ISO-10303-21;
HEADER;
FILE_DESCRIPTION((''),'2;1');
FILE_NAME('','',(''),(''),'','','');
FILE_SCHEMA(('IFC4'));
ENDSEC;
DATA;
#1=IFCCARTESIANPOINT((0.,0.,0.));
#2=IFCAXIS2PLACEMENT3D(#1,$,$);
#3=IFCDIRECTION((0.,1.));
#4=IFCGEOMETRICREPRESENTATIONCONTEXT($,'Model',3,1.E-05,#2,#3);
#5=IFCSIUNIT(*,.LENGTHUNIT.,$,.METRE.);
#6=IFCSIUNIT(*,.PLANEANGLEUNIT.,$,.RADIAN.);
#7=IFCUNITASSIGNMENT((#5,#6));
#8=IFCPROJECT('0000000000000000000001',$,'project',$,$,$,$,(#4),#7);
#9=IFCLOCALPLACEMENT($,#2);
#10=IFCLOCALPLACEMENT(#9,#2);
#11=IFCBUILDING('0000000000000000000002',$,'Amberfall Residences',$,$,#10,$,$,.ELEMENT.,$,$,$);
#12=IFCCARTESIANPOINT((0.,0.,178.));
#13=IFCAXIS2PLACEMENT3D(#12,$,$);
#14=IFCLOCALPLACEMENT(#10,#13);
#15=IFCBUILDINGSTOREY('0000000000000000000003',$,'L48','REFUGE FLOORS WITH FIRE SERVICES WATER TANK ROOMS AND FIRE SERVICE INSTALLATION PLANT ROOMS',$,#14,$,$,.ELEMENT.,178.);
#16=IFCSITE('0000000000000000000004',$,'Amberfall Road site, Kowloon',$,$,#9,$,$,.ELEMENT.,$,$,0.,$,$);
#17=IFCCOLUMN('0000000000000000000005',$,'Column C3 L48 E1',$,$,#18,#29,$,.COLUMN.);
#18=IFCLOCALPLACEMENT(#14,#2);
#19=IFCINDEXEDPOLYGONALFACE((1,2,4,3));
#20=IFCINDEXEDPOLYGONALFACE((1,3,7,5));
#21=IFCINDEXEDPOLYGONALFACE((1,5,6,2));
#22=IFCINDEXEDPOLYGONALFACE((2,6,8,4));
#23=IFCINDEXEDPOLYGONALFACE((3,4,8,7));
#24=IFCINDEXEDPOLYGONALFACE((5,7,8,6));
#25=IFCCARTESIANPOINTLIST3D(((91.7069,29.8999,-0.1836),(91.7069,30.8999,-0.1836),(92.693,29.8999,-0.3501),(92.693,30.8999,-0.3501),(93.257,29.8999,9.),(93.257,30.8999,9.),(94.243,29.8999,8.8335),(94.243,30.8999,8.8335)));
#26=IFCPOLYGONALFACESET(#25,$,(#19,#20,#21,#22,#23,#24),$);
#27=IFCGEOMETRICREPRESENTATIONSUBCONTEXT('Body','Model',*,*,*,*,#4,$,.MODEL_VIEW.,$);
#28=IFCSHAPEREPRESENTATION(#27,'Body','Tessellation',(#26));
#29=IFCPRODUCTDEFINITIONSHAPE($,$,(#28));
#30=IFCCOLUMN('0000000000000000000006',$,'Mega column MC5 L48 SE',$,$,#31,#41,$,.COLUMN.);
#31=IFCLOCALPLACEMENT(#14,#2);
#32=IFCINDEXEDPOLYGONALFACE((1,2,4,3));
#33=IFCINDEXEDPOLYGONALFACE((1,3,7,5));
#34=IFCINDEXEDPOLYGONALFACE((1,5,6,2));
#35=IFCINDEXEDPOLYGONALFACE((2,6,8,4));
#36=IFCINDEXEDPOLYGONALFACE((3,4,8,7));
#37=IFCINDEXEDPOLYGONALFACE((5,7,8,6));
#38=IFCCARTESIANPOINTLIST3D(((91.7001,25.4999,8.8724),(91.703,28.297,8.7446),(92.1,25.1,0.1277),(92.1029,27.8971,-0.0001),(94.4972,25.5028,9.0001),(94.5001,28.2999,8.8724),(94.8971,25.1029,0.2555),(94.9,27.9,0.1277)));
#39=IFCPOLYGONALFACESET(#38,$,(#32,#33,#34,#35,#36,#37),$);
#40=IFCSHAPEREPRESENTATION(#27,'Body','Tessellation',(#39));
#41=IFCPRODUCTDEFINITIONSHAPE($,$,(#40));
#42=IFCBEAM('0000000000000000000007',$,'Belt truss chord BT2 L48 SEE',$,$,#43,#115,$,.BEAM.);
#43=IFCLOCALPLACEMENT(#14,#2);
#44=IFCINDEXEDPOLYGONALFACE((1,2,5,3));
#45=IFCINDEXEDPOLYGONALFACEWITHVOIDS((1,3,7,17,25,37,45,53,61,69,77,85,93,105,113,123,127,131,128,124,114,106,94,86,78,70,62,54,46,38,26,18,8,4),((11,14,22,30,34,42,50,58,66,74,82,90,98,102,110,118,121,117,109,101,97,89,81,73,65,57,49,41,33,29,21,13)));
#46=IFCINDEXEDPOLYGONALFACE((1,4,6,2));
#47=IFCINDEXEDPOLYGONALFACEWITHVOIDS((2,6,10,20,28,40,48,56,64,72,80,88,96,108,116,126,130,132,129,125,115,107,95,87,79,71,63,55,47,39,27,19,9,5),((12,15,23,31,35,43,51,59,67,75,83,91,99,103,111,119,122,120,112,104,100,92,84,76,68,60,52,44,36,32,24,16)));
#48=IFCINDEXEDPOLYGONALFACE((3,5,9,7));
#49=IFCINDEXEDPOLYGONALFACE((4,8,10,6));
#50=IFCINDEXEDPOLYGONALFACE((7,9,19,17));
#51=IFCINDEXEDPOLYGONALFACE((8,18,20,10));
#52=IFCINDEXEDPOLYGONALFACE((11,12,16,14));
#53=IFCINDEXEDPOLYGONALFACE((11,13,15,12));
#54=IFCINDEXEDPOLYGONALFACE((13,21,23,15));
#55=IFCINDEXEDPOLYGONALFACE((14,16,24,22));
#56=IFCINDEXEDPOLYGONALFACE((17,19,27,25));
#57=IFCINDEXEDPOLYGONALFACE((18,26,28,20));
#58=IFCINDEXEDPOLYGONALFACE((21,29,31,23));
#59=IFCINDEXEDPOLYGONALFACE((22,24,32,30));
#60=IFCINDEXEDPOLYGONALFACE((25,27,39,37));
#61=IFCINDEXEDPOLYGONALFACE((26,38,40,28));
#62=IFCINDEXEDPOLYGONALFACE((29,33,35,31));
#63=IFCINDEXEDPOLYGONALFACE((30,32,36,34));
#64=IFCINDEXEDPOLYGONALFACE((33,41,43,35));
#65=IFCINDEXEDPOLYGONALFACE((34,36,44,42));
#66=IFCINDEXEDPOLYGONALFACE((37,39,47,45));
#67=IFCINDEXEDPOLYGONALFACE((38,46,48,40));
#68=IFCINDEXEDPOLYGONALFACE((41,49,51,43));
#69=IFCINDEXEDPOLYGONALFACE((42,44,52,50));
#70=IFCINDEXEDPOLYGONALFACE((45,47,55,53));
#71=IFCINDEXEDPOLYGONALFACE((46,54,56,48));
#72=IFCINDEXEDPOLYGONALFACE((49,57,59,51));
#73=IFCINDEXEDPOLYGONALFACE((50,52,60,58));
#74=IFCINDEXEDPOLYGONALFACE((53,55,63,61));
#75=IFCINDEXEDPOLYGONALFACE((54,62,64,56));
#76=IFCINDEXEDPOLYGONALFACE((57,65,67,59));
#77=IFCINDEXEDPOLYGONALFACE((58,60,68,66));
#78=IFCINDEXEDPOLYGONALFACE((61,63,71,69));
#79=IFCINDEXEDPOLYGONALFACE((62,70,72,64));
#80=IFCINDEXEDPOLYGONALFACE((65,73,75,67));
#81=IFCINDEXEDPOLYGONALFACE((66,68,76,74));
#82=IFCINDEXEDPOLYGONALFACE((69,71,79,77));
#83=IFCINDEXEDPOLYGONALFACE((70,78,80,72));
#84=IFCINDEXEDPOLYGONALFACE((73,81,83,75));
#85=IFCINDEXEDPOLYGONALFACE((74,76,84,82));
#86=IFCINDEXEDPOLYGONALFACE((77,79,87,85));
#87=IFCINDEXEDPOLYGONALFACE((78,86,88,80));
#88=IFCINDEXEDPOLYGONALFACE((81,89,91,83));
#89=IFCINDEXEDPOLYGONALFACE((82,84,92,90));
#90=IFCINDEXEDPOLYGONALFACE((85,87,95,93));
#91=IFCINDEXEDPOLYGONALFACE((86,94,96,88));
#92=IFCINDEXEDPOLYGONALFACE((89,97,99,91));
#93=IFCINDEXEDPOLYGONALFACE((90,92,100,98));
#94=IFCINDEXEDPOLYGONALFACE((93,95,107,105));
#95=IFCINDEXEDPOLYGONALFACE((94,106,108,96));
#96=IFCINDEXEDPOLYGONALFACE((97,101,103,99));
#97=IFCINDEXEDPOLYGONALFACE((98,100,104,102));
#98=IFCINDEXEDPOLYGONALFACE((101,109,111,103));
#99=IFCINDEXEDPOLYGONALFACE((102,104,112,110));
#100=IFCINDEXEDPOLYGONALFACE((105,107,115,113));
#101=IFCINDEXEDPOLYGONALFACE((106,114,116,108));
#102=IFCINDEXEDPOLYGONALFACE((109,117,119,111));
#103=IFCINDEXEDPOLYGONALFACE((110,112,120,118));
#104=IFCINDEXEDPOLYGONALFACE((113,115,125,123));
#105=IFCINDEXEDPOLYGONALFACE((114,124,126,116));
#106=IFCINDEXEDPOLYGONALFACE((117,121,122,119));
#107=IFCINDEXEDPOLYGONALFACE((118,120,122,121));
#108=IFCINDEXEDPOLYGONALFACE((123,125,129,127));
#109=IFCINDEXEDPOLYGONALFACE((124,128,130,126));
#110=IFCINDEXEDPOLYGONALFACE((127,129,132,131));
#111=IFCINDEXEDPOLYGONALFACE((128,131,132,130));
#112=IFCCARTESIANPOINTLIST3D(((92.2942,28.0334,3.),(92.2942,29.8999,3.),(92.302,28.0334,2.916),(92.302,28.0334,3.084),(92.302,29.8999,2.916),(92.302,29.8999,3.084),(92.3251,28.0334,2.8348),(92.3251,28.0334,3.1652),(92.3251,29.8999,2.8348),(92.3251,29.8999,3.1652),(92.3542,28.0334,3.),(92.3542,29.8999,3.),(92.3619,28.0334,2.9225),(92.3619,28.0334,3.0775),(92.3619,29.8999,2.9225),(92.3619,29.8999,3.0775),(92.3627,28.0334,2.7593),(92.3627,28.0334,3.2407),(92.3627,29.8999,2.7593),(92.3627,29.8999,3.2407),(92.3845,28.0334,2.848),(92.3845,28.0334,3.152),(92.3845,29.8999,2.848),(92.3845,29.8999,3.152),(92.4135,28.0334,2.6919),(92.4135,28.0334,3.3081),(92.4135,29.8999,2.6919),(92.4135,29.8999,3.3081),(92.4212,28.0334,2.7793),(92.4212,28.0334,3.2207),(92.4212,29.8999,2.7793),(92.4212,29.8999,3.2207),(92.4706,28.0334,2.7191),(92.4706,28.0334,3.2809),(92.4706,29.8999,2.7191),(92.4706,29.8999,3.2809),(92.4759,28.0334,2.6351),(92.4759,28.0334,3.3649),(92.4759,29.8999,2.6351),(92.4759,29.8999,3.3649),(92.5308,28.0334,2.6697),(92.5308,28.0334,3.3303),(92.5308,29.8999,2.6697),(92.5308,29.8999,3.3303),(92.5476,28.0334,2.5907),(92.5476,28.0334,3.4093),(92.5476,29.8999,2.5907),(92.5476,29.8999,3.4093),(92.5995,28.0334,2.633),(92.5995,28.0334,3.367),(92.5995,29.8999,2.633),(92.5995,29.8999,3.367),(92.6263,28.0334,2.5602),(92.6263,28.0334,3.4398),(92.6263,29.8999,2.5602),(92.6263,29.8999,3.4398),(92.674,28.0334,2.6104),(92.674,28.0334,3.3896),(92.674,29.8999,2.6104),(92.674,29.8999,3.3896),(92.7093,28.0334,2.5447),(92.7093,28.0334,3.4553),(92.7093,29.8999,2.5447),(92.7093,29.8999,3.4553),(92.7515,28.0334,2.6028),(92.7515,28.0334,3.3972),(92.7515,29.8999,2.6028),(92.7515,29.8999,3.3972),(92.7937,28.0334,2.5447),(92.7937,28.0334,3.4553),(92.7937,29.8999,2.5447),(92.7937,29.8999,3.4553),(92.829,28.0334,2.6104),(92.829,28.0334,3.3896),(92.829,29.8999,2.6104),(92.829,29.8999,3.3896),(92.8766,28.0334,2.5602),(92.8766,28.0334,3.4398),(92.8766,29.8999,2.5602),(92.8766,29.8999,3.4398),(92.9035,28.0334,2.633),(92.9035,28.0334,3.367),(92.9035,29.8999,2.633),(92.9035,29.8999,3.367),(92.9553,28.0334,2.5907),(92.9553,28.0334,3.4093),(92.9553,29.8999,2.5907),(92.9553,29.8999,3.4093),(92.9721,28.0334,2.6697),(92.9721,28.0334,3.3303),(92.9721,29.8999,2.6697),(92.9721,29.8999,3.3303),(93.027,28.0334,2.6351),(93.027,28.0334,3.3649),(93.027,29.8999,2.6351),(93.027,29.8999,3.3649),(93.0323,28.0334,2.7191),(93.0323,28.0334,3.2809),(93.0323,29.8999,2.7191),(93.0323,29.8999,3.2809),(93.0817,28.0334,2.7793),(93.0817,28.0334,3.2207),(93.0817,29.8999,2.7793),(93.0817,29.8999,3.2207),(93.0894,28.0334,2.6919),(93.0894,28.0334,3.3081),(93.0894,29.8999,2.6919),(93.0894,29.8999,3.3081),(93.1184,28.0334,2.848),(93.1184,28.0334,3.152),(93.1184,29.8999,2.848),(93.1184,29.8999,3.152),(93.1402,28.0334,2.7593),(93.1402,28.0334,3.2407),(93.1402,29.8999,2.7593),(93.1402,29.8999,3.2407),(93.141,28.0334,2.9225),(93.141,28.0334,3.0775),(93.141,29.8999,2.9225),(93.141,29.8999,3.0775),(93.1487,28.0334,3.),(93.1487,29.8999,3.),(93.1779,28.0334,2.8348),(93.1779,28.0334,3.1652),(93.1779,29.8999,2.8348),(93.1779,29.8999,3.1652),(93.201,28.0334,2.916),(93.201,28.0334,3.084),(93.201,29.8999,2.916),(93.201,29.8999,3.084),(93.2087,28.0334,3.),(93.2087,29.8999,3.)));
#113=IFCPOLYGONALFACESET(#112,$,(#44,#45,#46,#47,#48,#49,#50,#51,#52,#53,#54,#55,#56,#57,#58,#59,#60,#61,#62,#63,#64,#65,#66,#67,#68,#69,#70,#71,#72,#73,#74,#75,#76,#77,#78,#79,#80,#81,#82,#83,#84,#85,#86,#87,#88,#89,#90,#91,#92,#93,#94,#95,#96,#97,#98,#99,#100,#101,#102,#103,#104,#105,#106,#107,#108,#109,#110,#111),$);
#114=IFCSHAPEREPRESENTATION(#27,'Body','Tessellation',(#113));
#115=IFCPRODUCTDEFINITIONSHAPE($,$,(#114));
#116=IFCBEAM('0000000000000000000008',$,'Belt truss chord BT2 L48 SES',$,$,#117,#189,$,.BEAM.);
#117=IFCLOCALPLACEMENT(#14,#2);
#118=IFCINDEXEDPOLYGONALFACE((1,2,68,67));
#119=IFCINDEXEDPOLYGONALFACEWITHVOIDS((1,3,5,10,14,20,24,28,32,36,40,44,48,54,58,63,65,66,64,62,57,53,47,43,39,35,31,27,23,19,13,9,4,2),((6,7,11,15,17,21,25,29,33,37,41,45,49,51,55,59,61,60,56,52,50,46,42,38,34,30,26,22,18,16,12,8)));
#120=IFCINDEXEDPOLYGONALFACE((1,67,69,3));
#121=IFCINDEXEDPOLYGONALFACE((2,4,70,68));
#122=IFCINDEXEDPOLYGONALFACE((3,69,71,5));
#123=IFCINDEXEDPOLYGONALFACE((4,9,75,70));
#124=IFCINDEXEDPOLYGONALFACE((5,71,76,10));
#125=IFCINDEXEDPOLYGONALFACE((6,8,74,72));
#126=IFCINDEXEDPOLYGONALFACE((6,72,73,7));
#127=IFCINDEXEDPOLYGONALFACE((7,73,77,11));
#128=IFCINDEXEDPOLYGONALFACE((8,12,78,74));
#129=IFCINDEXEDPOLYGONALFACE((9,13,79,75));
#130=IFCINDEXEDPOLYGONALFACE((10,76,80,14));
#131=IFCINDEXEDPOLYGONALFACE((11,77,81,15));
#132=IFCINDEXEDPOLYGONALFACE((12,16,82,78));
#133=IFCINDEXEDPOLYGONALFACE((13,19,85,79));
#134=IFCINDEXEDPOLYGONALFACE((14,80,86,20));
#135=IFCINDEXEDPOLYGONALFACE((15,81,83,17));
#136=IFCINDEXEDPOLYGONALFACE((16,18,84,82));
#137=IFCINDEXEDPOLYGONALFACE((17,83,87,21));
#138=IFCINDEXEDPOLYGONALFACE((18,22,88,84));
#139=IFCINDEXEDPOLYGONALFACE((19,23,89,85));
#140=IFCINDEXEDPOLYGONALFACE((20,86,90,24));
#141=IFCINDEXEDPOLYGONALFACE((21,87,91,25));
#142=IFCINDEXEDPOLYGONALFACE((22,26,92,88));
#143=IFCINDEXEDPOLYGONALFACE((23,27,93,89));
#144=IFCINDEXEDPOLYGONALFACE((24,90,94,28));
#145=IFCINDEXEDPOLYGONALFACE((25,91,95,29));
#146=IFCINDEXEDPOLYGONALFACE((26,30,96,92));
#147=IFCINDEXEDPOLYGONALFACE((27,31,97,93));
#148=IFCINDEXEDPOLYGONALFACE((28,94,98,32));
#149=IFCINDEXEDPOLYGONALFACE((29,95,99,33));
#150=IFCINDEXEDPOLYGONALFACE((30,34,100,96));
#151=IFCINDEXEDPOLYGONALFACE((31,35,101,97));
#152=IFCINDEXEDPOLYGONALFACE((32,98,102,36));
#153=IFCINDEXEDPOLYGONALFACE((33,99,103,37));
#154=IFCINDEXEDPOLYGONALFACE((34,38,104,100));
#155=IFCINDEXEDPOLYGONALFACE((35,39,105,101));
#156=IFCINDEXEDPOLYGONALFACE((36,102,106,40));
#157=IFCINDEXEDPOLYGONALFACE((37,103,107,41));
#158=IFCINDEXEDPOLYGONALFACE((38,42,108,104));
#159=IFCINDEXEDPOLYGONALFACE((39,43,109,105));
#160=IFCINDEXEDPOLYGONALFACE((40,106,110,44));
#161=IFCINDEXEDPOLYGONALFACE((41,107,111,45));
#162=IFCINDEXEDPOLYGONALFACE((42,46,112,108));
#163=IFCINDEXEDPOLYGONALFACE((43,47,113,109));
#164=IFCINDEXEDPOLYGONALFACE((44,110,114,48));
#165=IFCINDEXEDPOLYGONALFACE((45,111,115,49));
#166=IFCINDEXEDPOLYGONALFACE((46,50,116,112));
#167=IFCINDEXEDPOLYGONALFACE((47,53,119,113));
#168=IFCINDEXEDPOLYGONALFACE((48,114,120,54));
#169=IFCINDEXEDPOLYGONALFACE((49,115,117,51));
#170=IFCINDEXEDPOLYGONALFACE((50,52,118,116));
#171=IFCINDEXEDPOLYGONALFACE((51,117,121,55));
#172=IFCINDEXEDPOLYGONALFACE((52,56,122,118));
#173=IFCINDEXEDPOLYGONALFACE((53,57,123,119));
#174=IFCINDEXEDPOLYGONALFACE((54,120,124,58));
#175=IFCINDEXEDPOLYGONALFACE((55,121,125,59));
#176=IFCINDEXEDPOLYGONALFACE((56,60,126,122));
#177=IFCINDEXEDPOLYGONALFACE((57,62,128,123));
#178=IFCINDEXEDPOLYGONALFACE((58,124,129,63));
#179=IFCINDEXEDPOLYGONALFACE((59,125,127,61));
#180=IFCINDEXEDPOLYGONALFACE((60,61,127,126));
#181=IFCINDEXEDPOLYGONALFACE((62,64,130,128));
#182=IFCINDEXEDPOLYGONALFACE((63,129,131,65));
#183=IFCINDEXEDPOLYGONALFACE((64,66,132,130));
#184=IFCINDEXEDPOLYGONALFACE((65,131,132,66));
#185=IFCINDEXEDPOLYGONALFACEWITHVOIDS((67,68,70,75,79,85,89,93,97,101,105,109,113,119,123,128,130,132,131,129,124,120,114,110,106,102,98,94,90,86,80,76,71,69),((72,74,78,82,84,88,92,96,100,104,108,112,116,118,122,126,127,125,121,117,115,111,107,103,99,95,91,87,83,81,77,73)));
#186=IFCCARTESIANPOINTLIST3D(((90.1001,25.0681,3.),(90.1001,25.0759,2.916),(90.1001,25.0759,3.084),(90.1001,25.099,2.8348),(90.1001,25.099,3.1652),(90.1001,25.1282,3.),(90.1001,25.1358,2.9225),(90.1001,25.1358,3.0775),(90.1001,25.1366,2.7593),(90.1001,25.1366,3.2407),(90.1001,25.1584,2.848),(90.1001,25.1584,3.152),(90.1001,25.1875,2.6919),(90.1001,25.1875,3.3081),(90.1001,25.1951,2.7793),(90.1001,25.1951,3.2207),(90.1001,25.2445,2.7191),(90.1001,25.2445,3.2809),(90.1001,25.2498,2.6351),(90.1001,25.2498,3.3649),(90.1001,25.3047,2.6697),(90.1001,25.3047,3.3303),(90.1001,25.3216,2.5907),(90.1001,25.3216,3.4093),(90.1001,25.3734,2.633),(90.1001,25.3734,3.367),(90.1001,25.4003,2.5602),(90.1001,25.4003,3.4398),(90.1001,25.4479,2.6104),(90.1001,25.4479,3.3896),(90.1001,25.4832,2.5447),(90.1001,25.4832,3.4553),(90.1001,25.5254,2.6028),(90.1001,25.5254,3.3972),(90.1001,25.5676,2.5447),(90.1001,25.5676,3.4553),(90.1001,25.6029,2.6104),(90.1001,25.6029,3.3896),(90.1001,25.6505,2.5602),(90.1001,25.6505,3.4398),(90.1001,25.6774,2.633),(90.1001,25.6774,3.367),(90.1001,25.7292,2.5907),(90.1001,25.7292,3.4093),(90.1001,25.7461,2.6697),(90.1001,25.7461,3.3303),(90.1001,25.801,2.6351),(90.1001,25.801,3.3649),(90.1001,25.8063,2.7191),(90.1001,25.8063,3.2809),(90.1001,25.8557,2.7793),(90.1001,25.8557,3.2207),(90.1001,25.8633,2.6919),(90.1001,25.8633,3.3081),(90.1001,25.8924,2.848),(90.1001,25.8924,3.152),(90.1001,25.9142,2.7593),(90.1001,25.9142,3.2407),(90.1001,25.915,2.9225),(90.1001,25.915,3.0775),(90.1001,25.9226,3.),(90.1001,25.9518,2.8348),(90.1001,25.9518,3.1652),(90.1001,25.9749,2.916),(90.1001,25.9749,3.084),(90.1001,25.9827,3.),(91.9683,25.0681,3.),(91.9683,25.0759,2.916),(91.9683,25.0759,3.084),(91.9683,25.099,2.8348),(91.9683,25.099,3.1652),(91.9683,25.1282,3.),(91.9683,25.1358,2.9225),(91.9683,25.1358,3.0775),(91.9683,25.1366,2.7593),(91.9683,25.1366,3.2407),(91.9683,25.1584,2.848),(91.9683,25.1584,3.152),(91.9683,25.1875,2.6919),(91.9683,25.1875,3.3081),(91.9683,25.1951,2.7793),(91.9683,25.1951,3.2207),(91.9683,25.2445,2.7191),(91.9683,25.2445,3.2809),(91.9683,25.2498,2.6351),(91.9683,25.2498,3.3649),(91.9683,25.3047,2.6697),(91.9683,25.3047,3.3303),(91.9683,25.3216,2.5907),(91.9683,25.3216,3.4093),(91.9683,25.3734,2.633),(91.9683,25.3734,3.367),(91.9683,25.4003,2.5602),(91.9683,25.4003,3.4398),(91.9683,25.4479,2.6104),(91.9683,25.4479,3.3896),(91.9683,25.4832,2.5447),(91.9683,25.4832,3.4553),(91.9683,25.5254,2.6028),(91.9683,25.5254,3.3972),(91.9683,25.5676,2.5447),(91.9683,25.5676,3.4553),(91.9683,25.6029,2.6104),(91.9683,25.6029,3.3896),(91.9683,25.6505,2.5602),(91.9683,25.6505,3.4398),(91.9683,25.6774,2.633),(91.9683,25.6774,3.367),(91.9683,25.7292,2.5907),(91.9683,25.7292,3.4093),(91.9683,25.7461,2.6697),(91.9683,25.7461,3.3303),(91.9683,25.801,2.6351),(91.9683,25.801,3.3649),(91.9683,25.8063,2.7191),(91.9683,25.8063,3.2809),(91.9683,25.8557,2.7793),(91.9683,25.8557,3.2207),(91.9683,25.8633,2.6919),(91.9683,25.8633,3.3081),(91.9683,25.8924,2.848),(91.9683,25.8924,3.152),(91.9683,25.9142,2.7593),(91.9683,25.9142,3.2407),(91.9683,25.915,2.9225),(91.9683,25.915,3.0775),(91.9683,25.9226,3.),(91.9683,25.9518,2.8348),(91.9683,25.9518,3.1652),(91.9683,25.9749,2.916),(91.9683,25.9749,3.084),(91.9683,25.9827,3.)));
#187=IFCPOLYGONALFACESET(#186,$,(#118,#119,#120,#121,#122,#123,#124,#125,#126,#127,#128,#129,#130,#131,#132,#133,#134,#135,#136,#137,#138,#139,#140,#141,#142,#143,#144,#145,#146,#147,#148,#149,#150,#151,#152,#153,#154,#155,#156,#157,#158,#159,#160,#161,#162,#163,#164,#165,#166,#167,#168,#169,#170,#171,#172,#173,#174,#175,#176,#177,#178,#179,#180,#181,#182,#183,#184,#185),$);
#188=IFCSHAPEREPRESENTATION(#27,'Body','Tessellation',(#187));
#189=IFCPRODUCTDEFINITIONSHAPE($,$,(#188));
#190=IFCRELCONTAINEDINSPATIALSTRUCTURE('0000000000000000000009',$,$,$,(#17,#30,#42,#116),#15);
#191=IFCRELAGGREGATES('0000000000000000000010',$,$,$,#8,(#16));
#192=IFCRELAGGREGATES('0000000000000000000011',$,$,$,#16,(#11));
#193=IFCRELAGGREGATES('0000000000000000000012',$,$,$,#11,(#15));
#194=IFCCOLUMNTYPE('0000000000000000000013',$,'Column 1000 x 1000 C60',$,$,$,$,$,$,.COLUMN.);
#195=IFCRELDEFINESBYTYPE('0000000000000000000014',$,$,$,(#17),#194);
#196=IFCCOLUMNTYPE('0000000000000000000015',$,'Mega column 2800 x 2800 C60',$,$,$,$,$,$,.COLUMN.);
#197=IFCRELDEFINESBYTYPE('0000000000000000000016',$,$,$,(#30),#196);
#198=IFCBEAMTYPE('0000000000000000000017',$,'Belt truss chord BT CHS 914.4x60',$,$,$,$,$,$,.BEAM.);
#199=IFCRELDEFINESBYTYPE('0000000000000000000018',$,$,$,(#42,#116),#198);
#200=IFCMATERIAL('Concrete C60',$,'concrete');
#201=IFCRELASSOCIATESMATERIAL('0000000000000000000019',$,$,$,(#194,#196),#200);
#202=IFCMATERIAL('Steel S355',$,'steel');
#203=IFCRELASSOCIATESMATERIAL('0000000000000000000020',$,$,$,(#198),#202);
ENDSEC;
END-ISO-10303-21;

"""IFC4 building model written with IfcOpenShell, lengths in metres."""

from ifc_helpers import new_model, si_unit, direction, frame, origin, origin_2d, place, context, subcontext, project, spatial, rectangle, hollow_circle, extrude, material, material_profile, profile_set, type_object, element, save


model = new_model("IFC4")

# Units and contexts
model_context = context("Model", 3, precision=1e-05, world=origin(), true_north=direction((0.0, 1.0)))
body_context = subcontext(model_context, "Body", "Model", "MODEL_VIEW")
ifc_project = project(units=[si_unit("LENGTHUNIT", "METRE"), si_unit("PLANEANGLEUNIT", "RADIAN")], contexts=[model_context])

# Site, building, storey
site_placement = place(None, origin())
site = spatial("IfcSite", under=ifc_project, at=site_placement, Name="Amberfall Road site, Kowloon", CompositionType="ELEMENT", RefElevation=0.0)
building_placement = place(site_placement, origin())
building = spatial("IfcBuilding", under=site, at=building_placement, Name="Amberfall Residences", CompositionType="ELEMENT")
storey_placement = place(building_placement, frame((0.0, 0.0, 178.0)))
storey = spatial("IfcBuildingStorey", under=building, at=storey_placement, Name="L48", Description="REFUGE FLOORS WITH FIRE SERVICES WATER TANK ROOMS AND FIRE SERVICE INSTALLATION PLANT ROOMS", CompositionType="ELEMENT", Elevation=178.0)

# Columns
ifc_material_1 = material(Name="Concrete C60", Category="concrete")
ifc_material_profile_1 = material_profile(ifc_material_1, rectangle(XDim=1.0, YDim=1.0, at=origin_2d()), Name="Column 1000 x 1000 C60")
ifc_profile_set_1 = profile_set([ifc_material_profile_1], Name="Concrete C60")
column_type_1 = type_object("IfcColumnType", Name="Column 1000 x 1000 C60", PredefinedType="COLUMN", material=ifc_profile_set_1)
column_1_placement = place(storey_placement, frame((92.2, 30.3999, -0.2668), z_axis=(0.166431, 0.0, 0.986053), x_axis=(0.0, 1.0, 0.0)))
element("IfcColumn", 1, at=column_1_placement, inside=storey, type_object=column_type_1, Name="Column C3 L48 E1", PredefinedType="COLUMN", context=body_context, shape_type="SweptSolid", body=[
    extrude(rectangle(XDim=1.0, YDim=1.0, at=origin_2d()), origin(), (0.0, 0.0, 1.0), 9.3135),
])
ifc_material_profile_2 = material_profile(ifc_material_1, rectangle(XDim=2.8, YDim=2.8, at=origin_2d()), Name="Mega column 2800 x 2800 C60")
ifc_profile_set_2 = profile_set([ifc_material_profile_2], Name="Concrete C60")
column_type_2 = type_object("IfcColumnType", Name="Mega column 2800 x 2800 C60", PredefinedType="COLUMN", material=ifc_profile_set_2)
column_2_placement = place(storey_placement, frame((93.5, 26.5, 0.1277), z_axis=(-0.045636, 0.045636, 0.997915), x_axis=(-0.001042, -0.998958, 0.045636)))
element("IfcColumn", 2, at=column_2_placement, inside=storey, type_object=column_type_2, Name="Mega column MC5 L48 SE", PredefinedType="COLUMN", context=body_context, shape_type="SweptSolid", body=[
    extrude(rectangle(XDim=2.8, YDim=2.8, at=origin_2d()), origin(), (0.0, 0.0, 1.0), 8.7629),
])

# Beams
ifc_material_2 = material(Name="Steel S355", Category="steel")
ifc_material_profile_3 = material_profile(ifc_material_2, hollow_circle(Radius=0.4573, WallThickness=0.0601, at=origin_2d()), Name="CHS 914.4x60")
ifc_profile_set_3 = profile_set([ifc_material_profile_3], Name="Steel S355")
beam_type_1 = type_object("IfcBeamType", Name="Belt truss chord BT CHS 914.4x60", PredefinedType="BEAM", material=ifc_profile_set_3)
beam_1_placement = place(storey_placement, frame((92.7515, 28.0334, 3.0), z_axis=(0.0, 1.0, 0.0), x_axis=(-1.0, 0.0, 0.0)))
element("IfcBeam", 3, at=beam_1_placement, inside=storey, type_object=beam_type_1, Name="Belt truss chord BT2 L48 SEE", PredefinedType="BEAM", context=body_context, shape_type="SweptSolid", body=[
    extrude(hollow_circle(Radius=0.4573, WallThickness=0.0601, at=origin_2d()), origin(), (0.0, 0.0, 1.0), 1.8665),
])
beam_2_placement = place(storey_placement, frame((91.9683, 25.5254, 3.0), z_axis=(-1.0, 0.0, 0.0), x_axis=(0.0, -1.0, 0.0)))
element("IfcBeam", 4, at=beam_2_placement, inside=storey, type_object=beam_type_1, Name="Belt truss chord BT2 L48 SES", PredefinedType="BEAM", context=body_context, shape_type="SweptSolid", body=[
    extrude(hollow_circle(Radius=0.4573, WallThickness=0.0601, at=origin_2d()), origin(), (0.0, 0.0, 1.0), 1.8682),
])

save(model, "model.ifc")
